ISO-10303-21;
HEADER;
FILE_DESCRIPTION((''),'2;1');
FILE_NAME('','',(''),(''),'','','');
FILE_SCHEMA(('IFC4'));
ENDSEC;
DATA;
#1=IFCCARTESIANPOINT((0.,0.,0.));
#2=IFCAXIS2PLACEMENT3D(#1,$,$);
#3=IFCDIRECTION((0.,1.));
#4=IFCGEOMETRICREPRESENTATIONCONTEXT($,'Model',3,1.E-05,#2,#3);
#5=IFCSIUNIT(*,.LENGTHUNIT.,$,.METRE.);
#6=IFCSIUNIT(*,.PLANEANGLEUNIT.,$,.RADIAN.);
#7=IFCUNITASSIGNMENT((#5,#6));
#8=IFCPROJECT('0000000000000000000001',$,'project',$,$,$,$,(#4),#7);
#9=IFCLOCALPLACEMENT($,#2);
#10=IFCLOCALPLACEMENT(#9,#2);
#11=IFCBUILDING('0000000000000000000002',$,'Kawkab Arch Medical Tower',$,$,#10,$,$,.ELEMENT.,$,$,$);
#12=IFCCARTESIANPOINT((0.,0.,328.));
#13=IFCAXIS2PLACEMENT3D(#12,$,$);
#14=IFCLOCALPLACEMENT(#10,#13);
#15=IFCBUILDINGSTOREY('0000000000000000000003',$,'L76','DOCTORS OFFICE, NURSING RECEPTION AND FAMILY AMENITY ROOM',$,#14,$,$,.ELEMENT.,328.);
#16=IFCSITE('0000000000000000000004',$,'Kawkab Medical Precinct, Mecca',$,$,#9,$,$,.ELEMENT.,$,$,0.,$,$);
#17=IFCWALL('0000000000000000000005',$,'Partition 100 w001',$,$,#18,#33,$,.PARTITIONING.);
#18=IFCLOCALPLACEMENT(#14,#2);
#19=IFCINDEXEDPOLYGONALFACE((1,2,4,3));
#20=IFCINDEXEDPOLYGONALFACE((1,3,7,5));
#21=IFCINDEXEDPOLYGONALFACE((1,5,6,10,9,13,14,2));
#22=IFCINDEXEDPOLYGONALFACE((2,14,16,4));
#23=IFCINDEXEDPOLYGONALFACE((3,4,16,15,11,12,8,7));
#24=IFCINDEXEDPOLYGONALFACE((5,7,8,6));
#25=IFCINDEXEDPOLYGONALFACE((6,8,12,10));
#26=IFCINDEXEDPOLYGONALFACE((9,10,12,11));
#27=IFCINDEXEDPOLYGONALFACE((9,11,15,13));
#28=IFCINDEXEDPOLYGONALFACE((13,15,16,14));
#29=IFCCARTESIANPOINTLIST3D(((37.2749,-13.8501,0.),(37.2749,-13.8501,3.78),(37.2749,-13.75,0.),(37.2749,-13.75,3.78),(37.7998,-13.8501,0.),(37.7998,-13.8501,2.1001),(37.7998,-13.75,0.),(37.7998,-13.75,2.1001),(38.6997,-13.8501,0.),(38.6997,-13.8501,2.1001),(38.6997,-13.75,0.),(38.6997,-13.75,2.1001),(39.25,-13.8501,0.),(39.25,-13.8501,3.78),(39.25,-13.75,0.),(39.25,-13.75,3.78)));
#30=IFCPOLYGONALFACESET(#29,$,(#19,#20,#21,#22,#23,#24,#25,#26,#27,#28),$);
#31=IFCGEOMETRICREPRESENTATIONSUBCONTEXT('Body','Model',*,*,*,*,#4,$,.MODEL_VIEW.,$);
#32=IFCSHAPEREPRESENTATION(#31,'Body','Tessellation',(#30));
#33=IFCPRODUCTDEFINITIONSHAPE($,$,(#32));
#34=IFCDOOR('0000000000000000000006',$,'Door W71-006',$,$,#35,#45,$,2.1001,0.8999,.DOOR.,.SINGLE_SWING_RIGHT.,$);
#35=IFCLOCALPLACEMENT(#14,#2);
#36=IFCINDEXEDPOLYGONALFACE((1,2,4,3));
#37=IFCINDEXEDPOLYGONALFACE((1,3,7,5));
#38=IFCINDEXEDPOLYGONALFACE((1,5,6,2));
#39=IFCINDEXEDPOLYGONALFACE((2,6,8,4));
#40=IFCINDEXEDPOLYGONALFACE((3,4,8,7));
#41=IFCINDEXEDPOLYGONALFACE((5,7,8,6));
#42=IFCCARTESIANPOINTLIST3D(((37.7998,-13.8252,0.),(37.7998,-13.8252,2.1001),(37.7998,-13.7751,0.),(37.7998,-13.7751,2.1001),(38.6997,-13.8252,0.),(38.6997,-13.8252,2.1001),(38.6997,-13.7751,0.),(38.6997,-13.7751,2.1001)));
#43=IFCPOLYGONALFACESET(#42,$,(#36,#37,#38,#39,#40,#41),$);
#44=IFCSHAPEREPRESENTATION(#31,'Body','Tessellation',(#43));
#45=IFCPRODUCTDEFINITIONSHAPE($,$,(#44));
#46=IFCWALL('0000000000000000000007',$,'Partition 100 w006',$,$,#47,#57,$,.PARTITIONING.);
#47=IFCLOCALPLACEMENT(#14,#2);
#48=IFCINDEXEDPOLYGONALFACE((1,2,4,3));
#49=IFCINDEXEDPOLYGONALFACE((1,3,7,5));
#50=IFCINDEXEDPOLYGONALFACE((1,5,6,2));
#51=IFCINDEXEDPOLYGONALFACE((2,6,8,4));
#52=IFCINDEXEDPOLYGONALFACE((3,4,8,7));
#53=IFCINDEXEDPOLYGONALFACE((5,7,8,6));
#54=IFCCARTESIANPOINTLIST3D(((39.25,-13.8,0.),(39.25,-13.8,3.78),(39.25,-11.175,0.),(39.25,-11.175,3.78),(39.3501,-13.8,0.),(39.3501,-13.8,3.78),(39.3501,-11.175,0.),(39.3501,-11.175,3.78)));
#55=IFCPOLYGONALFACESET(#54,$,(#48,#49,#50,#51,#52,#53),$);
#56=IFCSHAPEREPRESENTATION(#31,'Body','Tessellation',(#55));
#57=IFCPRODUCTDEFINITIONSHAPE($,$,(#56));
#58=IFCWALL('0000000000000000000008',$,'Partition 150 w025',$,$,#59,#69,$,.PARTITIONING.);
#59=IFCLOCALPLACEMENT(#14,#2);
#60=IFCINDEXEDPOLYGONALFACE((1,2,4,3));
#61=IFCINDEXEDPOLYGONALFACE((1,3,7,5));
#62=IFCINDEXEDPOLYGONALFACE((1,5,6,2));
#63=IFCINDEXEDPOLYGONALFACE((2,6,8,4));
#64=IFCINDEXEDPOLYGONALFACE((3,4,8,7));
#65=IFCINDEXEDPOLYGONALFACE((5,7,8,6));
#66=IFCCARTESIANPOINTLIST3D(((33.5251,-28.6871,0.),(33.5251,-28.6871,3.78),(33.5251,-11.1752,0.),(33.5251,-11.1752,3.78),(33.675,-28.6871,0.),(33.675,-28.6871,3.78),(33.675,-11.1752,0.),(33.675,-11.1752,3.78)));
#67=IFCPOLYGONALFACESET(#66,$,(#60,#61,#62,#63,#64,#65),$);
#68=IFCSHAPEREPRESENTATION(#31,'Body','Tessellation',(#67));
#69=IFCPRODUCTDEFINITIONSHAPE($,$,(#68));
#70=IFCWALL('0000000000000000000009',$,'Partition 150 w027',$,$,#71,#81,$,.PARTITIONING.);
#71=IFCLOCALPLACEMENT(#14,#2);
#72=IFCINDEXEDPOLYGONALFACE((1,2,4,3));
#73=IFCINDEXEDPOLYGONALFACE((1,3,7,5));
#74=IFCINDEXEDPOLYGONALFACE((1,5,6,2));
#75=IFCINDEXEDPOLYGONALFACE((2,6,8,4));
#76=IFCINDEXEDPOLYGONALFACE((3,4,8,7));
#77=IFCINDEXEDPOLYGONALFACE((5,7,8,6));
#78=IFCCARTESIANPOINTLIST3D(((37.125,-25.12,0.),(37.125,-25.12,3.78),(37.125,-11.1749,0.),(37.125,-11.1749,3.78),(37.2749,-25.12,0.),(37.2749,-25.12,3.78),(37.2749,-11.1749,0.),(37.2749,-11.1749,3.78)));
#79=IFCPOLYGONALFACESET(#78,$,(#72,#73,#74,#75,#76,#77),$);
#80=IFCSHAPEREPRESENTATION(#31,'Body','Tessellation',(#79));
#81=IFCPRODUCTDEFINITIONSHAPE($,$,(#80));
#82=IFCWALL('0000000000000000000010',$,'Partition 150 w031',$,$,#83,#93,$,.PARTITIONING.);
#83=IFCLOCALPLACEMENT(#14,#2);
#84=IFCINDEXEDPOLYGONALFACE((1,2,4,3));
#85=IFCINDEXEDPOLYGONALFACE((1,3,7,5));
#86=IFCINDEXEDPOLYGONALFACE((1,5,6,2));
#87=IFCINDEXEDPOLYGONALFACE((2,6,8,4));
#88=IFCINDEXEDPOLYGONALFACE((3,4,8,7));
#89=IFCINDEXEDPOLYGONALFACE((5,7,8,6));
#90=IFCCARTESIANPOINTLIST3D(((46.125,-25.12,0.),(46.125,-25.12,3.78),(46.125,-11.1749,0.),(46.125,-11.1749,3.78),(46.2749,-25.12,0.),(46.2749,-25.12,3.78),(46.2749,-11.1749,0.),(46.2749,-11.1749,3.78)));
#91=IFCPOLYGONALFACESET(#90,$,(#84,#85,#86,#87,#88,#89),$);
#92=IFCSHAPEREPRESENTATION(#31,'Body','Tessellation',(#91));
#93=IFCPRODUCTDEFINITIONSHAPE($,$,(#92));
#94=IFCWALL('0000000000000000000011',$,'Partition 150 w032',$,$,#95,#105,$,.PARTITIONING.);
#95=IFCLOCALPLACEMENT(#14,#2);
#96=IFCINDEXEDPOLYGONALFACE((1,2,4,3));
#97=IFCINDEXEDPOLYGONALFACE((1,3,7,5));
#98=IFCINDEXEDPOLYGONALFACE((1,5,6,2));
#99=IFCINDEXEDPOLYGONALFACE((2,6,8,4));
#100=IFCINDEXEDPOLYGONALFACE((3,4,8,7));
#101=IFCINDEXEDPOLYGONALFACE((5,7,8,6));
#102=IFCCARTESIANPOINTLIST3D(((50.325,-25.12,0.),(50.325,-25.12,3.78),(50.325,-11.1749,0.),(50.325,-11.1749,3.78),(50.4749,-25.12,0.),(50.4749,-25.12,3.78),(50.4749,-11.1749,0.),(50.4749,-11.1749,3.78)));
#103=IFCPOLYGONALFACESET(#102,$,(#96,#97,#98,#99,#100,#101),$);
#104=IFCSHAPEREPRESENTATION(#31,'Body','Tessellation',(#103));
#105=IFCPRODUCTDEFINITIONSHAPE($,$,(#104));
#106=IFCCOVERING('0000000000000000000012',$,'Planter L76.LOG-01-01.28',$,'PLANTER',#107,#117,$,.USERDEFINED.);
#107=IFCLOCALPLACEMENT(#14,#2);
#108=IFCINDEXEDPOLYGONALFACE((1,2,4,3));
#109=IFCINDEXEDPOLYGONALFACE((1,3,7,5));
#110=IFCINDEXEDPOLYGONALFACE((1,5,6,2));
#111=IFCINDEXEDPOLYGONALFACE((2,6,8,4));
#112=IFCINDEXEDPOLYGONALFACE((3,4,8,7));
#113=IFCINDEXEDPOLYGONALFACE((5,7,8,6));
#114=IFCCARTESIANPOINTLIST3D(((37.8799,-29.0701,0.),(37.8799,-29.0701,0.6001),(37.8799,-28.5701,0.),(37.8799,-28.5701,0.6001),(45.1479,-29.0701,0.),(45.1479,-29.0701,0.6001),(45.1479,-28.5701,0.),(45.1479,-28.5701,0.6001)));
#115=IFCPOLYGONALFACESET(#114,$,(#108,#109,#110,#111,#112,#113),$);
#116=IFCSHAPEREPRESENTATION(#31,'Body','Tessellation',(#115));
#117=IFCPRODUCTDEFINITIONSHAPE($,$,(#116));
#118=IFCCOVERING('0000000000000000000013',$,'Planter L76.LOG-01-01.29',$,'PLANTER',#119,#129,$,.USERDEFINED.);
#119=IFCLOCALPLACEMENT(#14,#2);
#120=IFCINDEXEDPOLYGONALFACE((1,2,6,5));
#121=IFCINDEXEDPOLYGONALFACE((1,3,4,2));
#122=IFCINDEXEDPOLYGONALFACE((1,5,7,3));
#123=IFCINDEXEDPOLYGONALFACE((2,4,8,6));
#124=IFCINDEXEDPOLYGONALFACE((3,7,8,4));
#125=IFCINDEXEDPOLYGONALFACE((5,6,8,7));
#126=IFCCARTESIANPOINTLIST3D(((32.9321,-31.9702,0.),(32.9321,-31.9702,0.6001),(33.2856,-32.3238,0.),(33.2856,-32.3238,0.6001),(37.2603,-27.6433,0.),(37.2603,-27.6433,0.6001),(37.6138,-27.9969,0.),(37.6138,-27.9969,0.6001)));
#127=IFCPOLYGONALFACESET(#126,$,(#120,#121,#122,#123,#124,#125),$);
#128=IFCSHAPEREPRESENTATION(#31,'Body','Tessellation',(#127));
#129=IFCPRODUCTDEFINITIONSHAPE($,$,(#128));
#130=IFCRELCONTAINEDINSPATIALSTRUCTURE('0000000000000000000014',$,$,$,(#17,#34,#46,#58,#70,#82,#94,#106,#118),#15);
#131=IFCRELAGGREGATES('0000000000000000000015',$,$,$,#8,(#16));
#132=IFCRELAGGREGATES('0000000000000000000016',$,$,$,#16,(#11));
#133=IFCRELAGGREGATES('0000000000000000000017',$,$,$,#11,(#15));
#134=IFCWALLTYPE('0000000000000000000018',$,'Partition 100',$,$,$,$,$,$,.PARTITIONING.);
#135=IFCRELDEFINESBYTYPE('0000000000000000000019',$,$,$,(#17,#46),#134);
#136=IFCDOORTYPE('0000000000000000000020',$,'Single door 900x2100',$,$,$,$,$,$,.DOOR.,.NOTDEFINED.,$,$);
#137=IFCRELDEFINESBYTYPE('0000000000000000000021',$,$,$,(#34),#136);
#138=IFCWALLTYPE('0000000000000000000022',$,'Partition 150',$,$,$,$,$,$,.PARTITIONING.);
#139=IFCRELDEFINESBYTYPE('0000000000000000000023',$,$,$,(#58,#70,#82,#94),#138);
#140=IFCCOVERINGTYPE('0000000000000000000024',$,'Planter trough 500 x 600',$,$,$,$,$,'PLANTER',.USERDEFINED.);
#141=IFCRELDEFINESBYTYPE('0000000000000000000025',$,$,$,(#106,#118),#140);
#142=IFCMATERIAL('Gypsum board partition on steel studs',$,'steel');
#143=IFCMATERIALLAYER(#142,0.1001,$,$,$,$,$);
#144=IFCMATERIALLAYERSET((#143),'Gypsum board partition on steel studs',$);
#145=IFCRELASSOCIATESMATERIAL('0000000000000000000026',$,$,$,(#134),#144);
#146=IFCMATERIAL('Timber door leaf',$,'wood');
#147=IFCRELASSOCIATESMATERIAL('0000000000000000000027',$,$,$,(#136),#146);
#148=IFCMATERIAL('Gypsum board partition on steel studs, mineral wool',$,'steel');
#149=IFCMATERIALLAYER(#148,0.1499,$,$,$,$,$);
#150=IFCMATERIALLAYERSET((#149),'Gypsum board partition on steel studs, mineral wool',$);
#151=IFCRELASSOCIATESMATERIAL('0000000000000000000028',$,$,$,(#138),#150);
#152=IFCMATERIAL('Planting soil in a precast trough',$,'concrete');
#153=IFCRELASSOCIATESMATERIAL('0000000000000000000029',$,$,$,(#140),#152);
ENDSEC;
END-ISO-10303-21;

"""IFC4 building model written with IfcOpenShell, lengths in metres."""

from ifc_helpers import new_model, si_unit, direction, frame, frame_2d, origin, origin_2d, place, context, subcontext, project, spatial, rectangle, extrude, material, layer, layer_set, material_profile, profile_set, type_object, element, fill, save


model = new_model("IFC4")

# Units and contexts
model_context = context("Model", 3, precision=1e-05, world=origin(), true_north=direction((0.0, 1.0)))
body_context = subcontext(model_context, "Body", "Model", "MODEL_VIEW")
ifc_project = project(units=[si_unit("LENGTHUNIT", "METRE"), si_unit("PLANEANGLEUNIT", "RADIAN")], contexts=[model_context])

# Site, building, storey
site_placement = place(None, origin())
site = spatial("IfcSite", under=ifc_project, at=site_placement, Name="Kawkab Medical Precinct, Mecca", CompositionType="ELEMENT", RefElevation=0.0)
building_placement = place(site_placement, origin())
building = spatial("IfcBuilding", under=site, at=building_placement, Name="Kawkab Arch Medical Tower", CompositionType="ELEMENT")
storey_placement = place(building_placement, frame((0.0, 0.0, 328.0)))
storey = spatial("IfcBuildingStorey", under=building, at=storey_placement, Name="L76", Description="DOCTORS OFFICE, NURSING RECEPTION AND FAMILY AMENITY ROOM", CompositionType="ELEMENT", Elevation=328.0)

# Wall, opening, door
ifc_material_1 = material(Name="Gypsum board partition on steel studs", Category="steel")
ifc_layer_1 = layer(ifc_material_1, 0.1001)
ifc_layer_set_1 = layer_set([ifc_layer_1], Name="Gypsum board partition on steel studs")
wall_type_1 = type_object("IfcWallType", Name="Partition 100", PredefinedType="PARTITIONING", material=ifc_layer_set_1)
wall_1_placement = place(storey_placement, frame((37.2749, -13.8, 0.0), z_axis=(0.0, 0.0, 1.0), x_axis=(1.0, 0.0, 0.0)))
wall_1 = element("IfcWall", 1, at=wall_1_placement, inside=storey, type_object=wall_type_1, Name="Partition 100 w001", PredefinedType="PARTITIONING", context=body_context, shape_type="SweptSolid", body=[
    extrude(rectangle(XDim=1.9751, YDim=0.1001, at=frame_2d((0.9875, 0.0))), origin(), (0.0, 0.0, 1.0), 3.78),
])
opening_1_placement = place(wall_1_placement, frame((0.5249, 0.0, 0.0)))
opening_1 = element("IfcOpeningElement", 2, at=opening_1_placement, cuts=wall_1, PredefinedType="OPENING", context=body_context, shape_type="SweptSolid", body=[
    extrude(rectangle(XDim=0.8999, YDim=2.1001, at=frame_2d((0.45, 1.05))), frame((0.0, 0.0601, 0.0), z_axis=(0.0, -1.0, 0.0), x_axis=(1.0, 0.0, 0.0)), (0.0, 0.0, 1.0), 0.1201),
])
ifc_material_2 = material(Name="Timber door leaf", Category="wood")
door_type_1 = type_object("IfcDoorType", Name="Single door 900x2100", OperationType="NOTDEFINED", PredefinedType="DOOR", material=ifc_material_2)
door_1_placement = place(opening_1_placement, origin())
door_1 = element("IfcDoor", 3, at=door_1_placement, inside=storey, type_object=door_type_1, Name="Door W71-006", OperationType="SINGLE_SWING_RIGHT", OverallHeight=2.1001, OverallWidth=0.8999, PredefinedType="DOOR", context=body_context, shape_type="SweptSolid", body=[
    extrude(rectangle(XDim=0.8999, YDim=2.1001, at=frame_2d((0.45, 1.05))), frame((0.0, 0.0249, 0.0), z_axis=(0.0, -1.0, 0.0), x_axis=(1.0, 0.0, 0.0)), (0.0, 0.0, 1.0), 0.05),
])
fill(opening_1, door_1)

# Walls
wall_2_placement = place(storey_placement, frame((39.3, -13.8, 0.0), z_axis=(0.0, 0.0, 1.0), x_axis=(0.0, 1.0, 0.0)))
element("IfcWall", 4, at=wall_2_placement, inside=storey, type_object=wall_type_1, Name="Partition 100 w006", PredefinedType="PARTITIONING", context=body_context, shape_type="SweptSolid", body=[
    extrude(rectangle(XDim=2.625, YDim=0.1001, at=frame_2d((1.3125, 0.0))), origin(), (0.0, 0.0, 1.0), 3.78),
])
ifc_material_3 = material(Name="Gypsum board partition on steel studs, mineral wool", Category="steel")
ifc_layer_2 = layer(ifc_material_3, 0.1499)
ifc_layer_set_2 = layer_set([ifc_layer_2], Name="Gypsum board partition on steel studs, mineral wool")
wall_type_2 = type_object("IfcWallType", Name="Partition 150", PredefinedType="PARTITIONING", material=ifc_layer_set_2)
wall_3_placement = place(storey_placement, frame((33.6001, -28.687, 0.0), z_axis=(0.0, 0.0, 1.0), x_axis=(0.0, 1.0, 0.0)))
element("IfcWall", 5, at=wall_3_placement, inside=storey, type_object=wall_type_2, Name="Partition 150 w025", PredefinedType="PARTITIONING", context=body_context, shape_type="SweptSolid", body=[
    extrude(rectangle(XDim=17.512, YDim=0.1499, at=frame_2d((8.7559, 0.0))), origin(), (0.0, 0.0, 1.0), 3.78),
])
for number, where, z_axis, x_axis, name in (
    (6, (37.2, -25.1201, 0.0), (0.0, 0.0, 1.0), (0.0, 1.0, 0.0), "Partition 150 w027"),
    (7, (46.2, -25.1201, 0.0), (0.0, 0.0, 1.0), (0.0, 1.0, 0.0), "Partition 150 w031"),
    (8, (50.3999, -25.1201, 0.0), (0.0, 0.0, 1.0), (0.0, 1.0, 0.0), "Partition 150 w032"),
):
    element("IfcWall", number, at=place(storey_placement, frame(where, z_axis=z_axis, x_axis=x_axis)), inside=storey, type_object=wall_type_2, Name=name, PredefinedType="PARTITIONING", context=body_context, shape_type="SweptSolid", body=[
        extrude(rectangle(XDim=13.9451, YDim=0.1499, at=frame_2d((6.9727, 0.0))), origin(), (0.0, 0.0, 1.0), 3.78),
    ])

# Coverings
ifc_material_4 = material(Name="Planting soil in a precast trough", Category="concrete")
ifc_material_profile_1 = material_profile(ifc_material_4, rectangle(XDim=0.5, YDim=0.6001, at=origin_2d()), Name="Trough 500x600")
ifc_profile_set_1 = profile_set([ifc_material_profile_1], Name="Planting soil in a precast trough")
covering_type = type_object("IfcCoveringType", Name="Planter trough 500 x 600", ElementType="PLANTER", PredefinedType="USERDEFINED", material=ifc_profile_set_1)
covering_1_placement = place(storey_placement, frame((45.1479, -28.8201, 0.3), z_axis=(-1.0, 0.0, 0.0), x_axis=(0.0, -1.0, 0.0)))
element("IfcCovering", 9, at=covering_1_placement, inside=storey, type_object=covering_type, Name="Planter L76.LOG-01-01.28", ObjectType="PLANTER", PredefinedType="USERDEFINED", context=body_context, shape_type="SweptSolid", body=[
    extrude(rectangle(XDim=0.5, YDim=0.6001, at=origin_2d()), origin(), (0.0, 0.0, 1.0), 7.2681),
])
covering_2_placement = place(storey_placement, frame((37.437, -27.8201, 0.3), z_axis=(-0.707207, -0.707007, 0.0), x_axis=(0.707007, -0.707207, 0.0)))
element("IfcCovering", 10, at=covering_2_placement, inside=storey, type_object=covering_type, Name="Planter L76.LOG-01-01.29", ObjectType="PLANTER", PredefinedType="USERDEFINED", context=body_context, shape_type="SweptSolid", body=[
    extrude(rectangle(XDim=0.5, YDim=0.6001, at=origin_2d()), origin(), (0.0, 0.0, 1.0), 6.1201),
])

save(model, "model.ifc")
